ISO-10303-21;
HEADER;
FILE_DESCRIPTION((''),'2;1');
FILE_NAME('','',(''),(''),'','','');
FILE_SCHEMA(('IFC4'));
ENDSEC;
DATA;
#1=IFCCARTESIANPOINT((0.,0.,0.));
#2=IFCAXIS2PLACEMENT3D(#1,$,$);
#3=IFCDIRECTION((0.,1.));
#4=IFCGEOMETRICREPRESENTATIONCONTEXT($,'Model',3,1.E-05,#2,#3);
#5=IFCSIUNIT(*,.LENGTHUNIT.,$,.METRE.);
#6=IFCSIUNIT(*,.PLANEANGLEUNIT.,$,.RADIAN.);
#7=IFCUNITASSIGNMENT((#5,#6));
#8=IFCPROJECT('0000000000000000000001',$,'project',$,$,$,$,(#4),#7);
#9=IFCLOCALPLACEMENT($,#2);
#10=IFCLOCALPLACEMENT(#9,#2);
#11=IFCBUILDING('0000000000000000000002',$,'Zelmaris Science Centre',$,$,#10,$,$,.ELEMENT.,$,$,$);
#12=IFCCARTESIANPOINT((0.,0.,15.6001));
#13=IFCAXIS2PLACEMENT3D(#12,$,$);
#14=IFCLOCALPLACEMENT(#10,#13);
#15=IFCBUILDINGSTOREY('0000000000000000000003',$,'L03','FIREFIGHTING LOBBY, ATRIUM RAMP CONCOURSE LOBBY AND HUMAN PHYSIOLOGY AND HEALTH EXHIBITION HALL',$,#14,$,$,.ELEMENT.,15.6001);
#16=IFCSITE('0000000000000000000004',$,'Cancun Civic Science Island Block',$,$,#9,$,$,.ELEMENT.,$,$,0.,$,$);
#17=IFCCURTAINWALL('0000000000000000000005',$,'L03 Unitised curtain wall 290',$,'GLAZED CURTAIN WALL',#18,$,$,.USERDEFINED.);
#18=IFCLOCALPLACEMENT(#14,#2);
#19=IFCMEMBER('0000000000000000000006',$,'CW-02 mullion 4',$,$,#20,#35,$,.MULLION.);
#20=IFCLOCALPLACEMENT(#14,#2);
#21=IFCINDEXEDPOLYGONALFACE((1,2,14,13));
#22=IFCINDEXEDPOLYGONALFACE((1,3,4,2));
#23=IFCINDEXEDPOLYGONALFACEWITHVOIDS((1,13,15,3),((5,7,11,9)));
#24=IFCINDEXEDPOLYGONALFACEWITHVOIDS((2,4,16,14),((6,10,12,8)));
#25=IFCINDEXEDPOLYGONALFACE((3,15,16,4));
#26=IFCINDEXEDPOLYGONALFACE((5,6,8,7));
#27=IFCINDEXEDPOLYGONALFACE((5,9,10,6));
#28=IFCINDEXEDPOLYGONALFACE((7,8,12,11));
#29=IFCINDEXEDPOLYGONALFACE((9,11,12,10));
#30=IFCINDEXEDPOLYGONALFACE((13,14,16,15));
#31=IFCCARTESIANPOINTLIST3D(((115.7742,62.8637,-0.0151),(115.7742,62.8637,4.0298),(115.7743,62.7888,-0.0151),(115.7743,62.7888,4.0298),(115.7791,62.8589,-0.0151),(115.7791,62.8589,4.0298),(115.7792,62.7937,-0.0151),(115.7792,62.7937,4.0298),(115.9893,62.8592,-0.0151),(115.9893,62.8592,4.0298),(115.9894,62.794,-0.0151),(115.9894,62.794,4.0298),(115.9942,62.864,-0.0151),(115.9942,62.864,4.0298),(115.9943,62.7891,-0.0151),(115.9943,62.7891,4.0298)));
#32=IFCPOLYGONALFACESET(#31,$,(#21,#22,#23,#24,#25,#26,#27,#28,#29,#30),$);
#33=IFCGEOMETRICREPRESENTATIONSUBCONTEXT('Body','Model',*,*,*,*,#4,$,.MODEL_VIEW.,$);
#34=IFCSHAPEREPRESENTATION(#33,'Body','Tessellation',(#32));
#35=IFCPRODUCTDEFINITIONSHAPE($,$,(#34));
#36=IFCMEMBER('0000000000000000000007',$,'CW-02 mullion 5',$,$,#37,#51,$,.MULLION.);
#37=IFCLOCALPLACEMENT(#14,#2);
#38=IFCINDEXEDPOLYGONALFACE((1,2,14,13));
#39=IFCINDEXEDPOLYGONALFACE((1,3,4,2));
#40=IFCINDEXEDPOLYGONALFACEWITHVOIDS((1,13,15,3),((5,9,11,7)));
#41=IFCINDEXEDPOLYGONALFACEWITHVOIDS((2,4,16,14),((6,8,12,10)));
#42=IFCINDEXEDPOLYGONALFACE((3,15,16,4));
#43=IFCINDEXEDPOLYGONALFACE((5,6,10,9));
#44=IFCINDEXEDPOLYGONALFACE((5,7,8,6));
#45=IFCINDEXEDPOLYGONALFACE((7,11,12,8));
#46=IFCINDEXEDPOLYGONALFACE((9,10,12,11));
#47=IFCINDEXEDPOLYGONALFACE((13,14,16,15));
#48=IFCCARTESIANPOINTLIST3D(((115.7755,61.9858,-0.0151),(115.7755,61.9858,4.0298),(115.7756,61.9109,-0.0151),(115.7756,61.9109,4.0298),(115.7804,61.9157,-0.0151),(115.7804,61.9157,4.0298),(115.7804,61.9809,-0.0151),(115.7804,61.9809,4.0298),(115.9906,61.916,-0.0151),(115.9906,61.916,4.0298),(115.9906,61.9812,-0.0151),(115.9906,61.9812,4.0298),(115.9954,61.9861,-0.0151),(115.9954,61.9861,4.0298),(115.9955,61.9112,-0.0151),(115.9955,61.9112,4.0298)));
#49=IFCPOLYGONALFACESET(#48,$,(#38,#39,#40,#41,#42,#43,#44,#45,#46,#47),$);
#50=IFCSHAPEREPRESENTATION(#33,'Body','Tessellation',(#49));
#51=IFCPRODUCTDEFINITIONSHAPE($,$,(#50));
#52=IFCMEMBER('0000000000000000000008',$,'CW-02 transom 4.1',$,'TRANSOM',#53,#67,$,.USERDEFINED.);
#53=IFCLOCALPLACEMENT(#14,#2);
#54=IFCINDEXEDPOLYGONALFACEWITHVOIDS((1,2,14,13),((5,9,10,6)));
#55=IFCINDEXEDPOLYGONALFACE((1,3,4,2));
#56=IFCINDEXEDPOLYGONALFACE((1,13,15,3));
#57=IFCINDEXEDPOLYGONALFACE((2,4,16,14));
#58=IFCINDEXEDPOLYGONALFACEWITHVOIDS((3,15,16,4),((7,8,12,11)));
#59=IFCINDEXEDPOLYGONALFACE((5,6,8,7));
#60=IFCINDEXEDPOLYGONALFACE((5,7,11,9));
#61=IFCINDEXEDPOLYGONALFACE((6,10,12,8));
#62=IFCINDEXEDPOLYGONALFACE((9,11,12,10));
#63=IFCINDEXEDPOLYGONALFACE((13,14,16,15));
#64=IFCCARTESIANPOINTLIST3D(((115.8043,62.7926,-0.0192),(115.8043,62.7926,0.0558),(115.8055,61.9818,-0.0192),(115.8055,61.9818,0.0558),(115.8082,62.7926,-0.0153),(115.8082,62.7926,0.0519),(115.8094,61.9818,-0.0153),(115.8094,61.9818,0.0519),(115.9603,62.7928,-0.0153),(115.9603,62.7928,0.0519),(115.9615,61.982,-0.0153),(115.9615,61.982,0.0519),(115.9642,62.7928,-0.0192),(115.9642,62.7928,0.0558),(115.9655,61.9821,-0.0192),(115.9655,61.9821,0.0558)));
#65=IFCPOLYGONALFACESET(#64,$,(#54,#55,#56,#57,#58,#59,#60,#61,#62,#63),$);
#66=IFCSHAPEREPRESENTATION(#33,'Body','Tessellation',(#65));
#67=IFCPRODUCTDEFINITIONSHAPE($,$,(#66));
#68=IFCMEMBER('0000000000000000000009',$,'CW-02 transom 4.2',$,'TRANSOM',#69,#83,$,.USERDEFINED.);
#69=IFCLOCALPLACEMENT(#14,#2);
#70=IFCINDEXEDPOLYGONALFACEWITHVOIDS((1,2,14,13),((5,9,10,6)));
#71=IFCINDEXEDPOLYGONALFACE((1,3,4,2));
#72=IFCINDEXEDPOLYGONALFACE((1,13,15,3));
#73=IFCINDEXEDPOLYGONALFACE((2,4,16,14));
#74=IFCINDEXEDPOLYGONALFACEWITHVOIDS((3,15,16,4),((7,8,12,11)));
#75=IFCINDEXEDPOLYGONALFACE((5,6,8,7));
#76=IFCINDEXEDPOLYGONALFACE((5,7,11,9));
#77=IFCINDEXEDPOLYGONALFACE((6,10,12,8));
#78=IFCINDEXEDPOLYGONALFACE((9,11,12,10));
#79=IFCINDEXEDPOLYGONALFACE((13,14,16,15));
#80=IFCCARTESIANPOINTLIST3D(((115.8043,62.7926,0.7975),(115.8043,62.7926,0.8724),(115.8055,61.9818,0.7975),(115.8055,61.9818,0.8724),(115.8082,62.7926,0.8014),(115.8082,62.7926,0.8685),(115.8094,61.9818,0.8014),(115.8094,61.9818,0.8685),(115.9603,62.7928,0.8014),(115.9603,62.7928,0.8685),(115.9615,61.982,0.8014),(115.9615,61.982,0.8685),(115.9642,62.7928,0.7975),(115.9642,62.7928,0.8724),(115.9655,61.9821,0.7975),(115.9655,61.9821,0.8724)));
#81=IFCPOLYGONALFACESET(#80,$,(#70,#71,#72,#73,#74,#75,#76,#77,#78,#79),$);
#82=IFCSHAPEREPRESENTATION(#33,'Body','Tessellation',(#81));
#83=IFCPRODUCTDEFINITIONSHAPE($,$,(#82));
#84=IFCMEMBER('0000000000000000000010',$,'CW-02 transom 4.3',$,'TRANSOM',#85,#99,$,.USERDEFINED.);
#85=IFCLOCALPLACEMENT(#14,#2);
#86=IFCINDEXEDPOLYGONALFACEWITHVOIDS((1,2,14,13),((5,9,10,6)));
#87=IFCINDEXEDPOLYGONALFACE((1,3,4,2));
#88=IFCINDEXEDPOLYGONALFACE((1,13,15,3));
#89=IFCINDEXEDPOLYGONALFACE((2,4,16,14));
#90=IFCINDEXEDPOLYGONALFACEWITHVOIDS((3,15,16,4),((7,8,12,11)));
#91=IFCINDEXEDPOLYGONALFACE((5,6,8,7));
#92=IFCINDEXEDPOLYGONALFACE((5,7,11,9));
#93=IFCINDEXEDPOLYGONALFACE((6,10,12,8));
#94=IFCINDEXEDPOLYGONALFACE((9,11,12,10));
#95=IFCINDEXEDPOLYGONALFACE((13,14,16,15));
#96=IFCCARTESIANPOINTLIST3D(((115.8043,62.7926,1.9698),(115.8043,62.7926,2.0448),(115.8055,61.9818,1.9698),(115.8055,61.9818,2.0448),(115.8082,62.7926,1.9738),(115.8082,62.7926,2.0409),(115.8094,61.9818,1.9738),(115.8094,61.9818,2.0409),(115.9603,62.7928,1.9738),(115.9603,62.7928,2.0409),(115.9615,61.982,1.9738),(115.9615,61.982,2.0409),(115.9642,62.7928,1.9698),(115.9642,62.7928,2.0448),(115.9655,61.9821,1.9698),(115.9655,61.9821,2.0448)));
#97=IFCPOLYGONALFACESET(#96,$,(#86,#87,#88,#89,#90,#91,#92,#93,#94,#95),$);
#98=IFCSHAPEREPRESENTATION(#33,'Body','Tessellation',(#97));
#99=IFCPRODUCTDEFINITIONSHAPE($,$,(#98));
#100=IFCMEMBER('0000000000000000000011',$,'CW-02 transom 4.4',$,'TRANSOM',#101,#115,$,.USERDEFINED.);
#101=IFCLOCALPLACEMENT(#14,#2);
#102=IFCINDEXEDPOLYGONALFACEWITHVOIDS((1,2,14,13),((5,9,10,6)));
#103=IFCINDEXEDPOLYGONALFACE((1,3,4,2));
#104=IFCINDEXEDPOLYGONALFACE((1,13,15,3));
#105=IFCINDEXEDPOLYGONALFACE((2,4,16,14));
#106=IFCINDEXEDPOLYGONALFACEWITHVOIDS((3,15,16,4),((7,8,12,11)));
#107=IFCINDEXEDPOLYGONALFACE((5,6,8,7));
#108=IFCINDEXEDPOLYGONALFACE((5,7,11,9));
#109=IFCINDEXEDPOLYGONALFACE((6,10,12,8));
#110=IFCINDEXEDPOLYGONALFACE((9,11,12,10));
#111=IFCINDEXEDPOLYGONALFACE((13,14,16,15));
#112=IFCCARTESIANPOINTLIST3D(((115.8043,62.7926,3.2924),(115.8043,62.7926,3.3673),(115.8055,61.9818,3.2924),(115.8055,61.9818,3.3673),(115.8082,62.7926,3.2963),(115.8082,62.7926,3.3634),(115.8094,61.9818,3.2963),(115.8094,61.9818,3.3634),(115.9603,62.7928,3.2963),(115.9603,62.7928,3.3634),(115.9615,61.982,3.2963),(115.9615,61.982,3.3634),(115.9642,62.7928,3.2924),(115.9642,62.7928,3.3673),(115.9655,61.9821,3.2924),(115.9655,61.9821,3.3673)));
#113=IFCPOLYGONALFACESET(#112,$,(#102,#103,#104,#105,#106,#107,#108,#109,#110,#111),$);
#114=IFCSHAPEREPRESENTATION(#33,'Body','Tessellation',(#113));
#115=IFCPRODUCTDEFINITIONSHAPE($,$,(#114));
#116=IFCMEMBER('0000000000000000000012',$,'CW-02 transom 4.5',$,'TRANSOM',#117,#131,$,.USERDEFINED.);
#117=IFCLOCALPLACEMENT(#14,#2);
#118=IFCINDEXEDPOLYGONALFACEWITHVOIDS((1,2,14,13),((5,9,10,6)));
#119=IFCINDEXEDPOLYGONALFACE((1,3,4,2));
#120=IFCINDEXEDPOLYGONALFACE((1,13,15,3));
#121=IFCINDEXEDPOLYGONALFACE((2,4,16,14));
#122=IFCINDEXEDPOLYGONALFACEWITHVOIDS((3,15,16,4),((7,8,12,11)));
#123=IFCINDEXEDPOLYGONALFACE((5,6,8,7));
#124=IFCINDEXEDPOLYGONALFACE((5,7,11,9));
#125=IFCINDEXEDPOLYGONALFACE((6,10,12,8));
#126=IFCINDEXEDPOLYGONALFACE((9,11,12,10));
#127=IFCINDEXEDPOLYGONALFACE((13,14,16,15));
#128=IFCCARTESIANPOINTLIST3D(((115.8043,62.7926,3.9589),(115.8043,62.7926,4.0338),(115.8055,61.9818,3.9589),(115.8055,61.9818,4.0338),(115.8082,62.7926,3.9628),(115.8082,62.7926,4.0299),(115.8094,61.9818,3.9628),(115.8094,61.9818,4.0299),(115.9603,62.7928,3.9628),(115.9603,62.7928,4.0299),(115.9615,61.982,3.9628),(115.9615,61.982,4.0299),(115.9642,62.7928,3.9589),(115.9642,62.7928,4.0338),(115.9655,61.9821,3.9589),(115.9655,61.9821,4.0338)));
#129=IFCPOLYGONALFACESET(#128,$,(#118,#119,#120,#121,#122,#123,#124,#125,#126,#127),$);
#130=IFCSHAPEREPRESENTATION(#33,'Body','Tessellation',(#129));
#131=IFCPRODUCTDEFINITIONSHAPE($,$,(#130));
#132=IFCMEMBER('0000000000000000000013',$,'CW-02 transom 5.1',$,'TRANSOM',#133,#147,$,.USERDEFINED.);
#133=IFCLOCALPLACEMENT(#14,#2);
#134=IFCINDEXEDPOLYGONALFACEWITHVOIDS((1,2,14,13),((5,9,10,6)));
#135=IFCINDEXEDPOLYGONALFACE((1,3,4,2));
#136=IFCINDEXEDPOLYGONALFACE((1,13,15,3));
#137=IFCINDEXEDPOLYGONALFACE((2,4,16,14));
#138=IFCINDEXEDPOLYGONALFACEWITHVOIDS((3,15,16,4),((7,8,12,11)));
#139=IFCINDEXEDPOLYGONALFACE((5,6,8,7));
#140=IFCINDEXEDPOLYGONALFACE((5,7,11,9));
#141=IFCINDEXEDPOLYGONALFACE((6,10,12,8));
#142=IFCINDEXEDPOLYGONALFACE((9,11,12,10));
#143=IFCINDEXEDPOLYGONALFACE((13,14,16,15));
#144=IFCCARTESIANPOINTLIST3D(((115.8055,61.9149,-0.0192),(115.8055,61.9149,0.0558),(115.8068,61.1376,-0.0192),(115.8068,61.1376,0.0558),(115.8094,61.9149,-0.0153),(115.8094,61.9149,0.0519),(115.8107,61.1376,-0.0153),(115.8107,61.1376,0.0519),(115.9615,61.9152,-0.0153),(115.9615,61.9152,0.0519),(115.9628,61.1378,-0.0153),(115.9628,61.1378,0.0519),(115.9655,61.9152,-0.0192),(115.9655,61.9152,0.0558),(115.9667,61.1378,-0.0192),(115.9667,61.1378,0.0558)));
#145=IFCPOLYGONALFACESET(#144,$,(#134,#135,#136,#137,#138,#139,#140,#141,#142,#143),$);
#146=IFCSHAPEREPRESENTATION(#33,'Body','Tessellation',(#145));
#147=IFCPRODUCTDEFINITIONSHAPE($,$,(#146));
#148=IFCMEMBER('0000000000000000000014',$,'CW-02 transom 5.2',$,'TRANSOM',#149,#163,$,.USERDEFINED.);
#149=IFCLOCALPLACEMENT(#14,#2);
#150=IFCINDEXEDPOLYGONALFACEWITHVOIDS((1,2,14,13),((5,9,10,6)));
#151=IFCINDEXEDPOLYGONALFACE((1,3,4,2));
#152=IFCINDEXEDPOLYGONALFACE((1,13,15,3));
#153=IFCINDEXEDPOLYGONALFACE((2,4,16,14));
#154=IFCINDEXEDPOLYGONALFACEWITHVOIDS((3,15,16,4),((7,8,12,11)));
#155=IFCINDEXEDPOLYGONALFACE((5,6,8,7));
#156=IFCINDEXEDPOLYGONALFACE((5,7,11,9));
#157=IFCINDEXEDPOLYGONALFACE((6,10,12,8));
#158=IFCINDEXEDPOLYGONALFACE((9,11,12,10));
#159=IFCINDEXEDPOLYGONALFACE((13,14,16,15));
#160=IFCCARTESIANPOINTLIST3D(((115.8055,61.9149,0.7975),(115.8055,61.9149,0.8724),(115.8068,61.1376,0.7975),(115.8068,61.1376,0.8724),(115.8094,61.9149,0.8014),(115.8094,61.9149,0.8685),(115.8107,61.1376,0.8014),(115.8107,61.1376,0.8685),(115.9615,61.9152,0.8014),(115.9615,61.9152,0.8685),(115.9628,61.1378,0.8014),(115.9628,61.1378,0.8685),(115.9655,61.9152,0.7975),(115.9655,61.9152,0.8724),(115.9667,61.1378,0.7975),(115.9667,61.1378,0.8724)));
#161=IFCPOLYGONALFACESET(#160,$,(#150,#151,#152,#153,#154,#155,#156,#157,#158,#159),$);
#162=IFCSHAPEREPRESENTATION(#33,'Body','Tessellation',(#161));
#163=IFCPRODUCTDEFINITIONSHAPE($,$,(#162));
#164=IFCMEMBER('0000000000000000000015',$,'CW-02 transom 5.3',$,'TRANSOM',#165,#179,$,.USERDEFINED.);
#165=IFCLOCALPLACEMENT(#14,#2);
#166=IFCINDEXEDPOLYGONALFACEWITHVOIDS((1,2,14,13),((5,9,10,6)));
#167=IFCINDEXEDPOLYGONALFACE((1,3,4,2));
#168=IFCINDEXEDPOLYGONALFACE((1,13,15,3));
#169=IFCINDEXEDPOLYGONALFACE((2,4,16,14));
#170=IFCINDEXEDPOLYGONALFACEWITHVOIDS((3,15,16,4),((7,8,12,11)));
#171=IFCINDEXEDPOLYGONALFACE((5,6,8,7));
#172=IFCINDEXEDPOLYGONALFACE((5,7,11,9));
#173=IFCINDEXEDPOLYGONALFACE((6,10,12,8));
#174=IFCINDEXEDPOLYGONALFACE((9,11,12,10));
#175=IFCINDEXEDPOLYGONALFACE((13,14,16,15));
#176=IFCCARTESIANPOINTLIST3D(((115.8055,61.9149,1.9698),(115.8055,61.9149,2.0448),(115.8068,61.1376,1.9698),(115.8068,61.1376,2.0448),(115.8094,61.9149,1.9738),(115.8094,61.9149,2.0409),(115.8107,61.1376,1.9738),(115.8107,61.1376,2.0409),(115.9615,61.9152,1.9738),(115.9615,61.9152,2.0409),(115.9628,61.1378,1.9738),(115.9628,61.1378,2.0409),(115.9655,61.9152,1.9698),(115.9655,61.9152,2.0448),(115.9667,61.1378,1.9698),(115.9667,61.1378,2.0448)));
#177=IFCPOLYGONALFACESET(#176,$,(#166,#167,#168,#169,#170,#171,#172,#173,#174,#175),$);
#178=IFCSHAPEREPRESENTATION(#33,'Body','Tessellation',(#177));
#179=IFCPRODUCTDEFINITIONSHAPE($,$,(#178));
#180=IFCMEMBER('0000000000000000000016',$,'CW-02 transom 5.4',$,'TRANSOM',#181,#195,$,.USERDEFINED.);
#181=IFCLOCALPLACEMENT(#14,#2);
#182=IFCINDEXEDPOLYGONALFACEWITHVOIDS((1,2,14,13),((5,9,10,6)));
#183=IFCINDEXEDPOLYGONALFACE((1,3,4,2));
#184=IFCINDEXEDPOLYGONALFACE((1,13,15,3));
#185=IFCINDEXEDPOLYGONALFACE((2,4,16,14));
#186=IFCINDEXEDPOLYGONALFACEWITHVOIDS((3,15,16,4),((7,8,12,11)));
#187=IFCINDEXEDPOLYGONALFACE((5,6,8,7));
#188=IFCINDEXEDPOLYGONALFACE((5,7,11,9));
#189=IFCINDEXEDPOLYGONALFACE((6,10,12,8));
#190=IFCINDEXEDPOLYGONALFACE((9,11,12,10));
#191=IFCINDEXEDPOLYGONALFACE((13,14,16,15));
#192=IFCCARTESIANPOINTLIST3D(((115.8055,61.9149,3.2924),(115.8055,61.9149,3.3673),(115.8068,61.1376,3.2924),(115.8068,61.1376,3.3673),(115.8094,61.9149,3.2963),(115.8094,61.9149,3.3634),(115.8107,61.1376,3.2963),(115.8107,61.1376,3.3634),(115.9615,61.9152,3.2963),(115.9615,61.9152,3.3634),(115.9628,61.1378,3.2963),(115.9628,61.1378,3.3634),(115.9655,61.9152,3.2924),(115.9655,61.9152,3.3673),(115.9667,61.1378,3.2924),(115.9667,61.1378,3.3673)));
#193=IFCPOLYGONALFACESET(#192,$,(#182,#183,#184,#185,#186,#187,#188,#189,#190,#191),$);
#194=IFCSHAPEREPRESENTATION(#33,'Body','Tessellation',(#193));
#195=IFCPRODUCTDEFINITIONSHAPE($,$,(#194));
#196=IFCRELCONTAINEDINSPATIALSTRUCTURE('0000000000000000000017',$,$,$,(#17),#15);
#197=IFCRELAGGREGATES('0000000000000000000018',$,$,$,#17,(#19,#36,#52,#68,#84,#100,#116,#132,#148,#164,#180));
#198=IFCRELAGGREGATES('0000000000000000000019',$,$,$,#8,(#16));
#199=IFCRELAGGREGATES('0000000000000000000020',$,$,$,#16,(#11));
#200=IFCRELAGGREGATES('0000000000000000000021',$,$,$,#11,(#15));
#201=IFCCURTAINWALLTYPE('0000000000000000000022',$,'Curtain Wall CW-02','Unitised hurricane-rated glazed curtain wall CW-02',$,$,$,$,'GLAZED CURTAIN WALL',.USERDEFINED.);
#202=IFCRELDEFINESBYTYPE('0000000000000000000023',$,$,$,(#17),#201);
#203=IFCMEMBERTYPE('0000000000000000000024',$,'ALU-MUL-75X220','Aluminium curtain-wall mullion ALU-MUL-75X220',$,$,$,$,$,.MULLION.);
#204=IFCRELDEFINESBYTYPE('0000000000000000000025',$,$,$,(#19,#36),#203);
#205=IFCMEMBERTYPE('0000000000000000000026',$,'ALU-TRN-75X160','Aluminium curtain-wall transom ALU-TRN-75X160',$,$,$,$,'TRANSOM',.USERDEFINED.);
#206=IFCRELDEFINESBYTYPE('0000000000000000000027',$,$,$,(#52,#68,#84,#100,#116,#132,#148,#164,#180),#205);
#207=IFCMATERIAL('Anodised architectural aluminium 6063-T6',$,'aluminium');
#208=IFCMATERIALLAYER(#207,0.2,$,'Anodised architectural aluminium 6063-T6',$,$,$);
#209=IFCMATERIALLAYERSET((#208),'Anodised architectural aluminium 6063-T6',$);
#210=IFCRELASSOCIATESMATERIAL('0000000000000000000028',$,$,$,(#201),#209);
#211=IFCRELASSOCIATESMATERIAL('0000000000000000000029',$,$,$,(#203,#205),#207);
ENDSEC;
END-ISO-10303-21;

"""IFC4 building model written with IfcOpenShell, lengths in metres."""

from ifc_helpers import new_model, si_unit, direction, frame, origin, origin_2d, place, context, subcontext, project, spatial, hollow_rectangle, extrude, material, layer, layer_set, material_profile, profile_set, type_object, element, aggregate, save


model = new_model("IFC4")

# Units and contexts
model_context = context("Model", 3, precision=1e-05, world=origin(), true_north=direction((0.0, 1.0)))
body_context = subcontext(model_context, "Body", "Model", "MODEL_VIEW")
ifc_project = project(units=[si_unit("LENGTHUNIT", "METRE"), si_unit("PLANEANGLEUNIT", "RADIAN")], contexts=[model_context])

# Site, building, storey
site_placement = place(None, origin())
site = spatial("IfcSite", under=ifc_project, at=site_placement, Name="Cancun Civic Science Island Block", CompositionType="ELEMENT", RefElevation=0.0)
building_placement = place(site_placement, origin())
building = spatial("IfcBuilding", under=site, at=building_placement, Name="Zelmaris Science Centre", CompositionType="ELEMENT")
storey_placement = place(building_placement, frame((0.0, 0.0, 15.6001)))
storey = spatial("IfcBuildingStorey", under=building, at=storey_placement, Name="L03", Description="FIREFIGHTING LOBBY, ATRIUM RAMP CONCOURSE LOBBY AND HUMAN PHYSIOLOGY AND HEALTH EXHIBITION HALL", CompositionType="ELEMENT", Elevation=15.6001)

# Curtain wall, members
ifc_material_1 = material(Name="Anodised architectural aluminium 6063-T6", Category="aluminium")
ifc_layer_1 = layer(ifc_material_1, 0.2, Name="Anodised architectural aluminium 6063-T6")
ifc_layer_set_1 = layer_set([ifc_layer_1], Name="Anodised architectural aluminium 6063-T6")
curtain_wall_type = type_object("IfcCurtainWallType", Name="Curtain Wall CW-02", Description="Unitised hurricane-rated glazed curtain wall CW-02", ElementType="GLAZED CURTAIN WALL", PredefinedType="USERDEFINED", material=ifc_layer_set_1)
curtain_wall_placement = place(storey_placement, origin())
curtain_wall = element("IfcCurtainWall", 1, at=curtain_wall_placement, inside=storey, type_object=curtain_wall_type, Name="L03 Unitised curtain wall 290", ObjectType="GLAZED CURTAIN WALL", PredefinedType="USERDEFINED")
ifc_material_profile_1 = material_profile(ifc_material_1, hollow_rectangle(XDim=0.075, YDim=0.22, WallThickness=0.0049, at=origin_2d()), Name="ALU-MUL-75X220")
ifc_profile_set_1 = profile_set([ifc_material_profile_1], Name="Anodised architectural aluminium 6063-T6")
member_type_1 = type_object("IfcMemberType", Name="ALU-MUL-75X220", Description="Aluminium curtain-wall mullion ALU-MUL-75X220", PredefinedType="MULLION", material=ifc_profile_set_1)
member_1_placement = place(storey_placement, frame((115.8843, 62.8264, -0.0151), z_axis=(0.0, 0.0, 1.0), x_axis=(0.001372, -0.999999, 0.0)))
member_1 = element("IfcMember", 2, at=member_1_placement, type_object=member_type_1, Name="CW-02 mullion 4", PredefinedType="MULLION", context=body_context, shape_type="SweptSolid", body=[
    extrude(hollow_rectangle(XDim=0.075, YDim=0.22, WallThickness=0.0049, at=origin_2d()), origin(), (0.0, 0.0, 1.0), 4.0449),
])
member_2_placement = place(storey_placement, frame((115.8855, 61.9485, -0.0151), z_axis=(0.0, 0.0, 1.0), x_axis=(0.001372, -0.999999, 0.0)))
member_2 = element("IfcMember", 3, at=member_2_placement, type_object=member_type_1, Name="CW-02 mullion 5", PredefinedType="MULLION", context=body_context, shape_type="SweptSolid", body=[
    extrude(hollow_rectangle(XDim=0.075, YDim=0.22, WallThickness=0.0049, at=origin_2d()), origin(), (0.0, 0.0, 1.0), 4.0449),
])
ifc_material_profile_2 = material_profile(ifc_material_1, hollow_rectangle(XDim=0.075, YDim=0.1599, WallThickness=0.0039, at=origin_2d()), Name="ALU-TRN-75X160")
ifc_profile_set_2 = profile_set([ifc_material_profile_2], Name="Anodised architectural aluminium 6063-T6")
member_type_2 = type_object("IfcMemberType", Name="ALU-TRN-75X160", Description="Aluminium curtain-wall transom ALU-TRN-75X160", ElementType="TRANSOM", PredefinedType="USERDEFINED", material=ifc_profile_set_2)
member_3_placement = place(storey_placement, frame((115.8843, 62.7927, 0.0183), z_axis=(0.001506, -0.999999, 0.0), x_axis=(0.0, 0.0, 1.0)))
member_3 = element("IfcMember", 4, at=member_3_placement, type_object=member_type_2, Name="CW-02 transom 4.1", ObjectType="TRANSOM", PredefinedType="USERDEFINED", context=body_context, shape_type="SweptSolid", body=[
    extrude(hollow_rectangle(XDim=0.075, YDim=0.1599, WallThickness=0.0039, at=origin_2d()), origin(), (0.0, 0.0, 1.0), 0.8108),
])
member_4_placement = place(storey_placement, frame((115.8843, 62.7927, 0.835), z_axis=(0.001506, -0.999999, 0.0), x_axis=(0.0, 0.0, 1.0)))
member_4 = element("IfcMember", 5, at=member_4_placement, type_object=member_type_2, Name="CW-02 transom 4.2", ObjectType="TRANSOM", PredefinedType="USERDEFINED", context=body_context, shape_type="SweptSolid", body=[
    extrude(hollow_rectangle(XDim=0.075, YDim=0.1599, WallThickness=0.0039, at=origin_2d()), origin(), (0.0, 0.0, 1.0), 0.8108),
])
member_5_placement = place(storey_placement, frame((115.8843, 62.7927, 2.0073), z_axis=(0.001506, -0.999999, 0.0), x_axis=(0.0, 0.0, 1.0)))
member_5 = element("IfcMember", 6, at=member_5_placement, type_object=member_type_2, Name="CW-02 transom 4.3", ObjectType="TRANSOM", PredefinedType="USERDEFINED", context=body_context, shape_type="SweptSolid", body=[
    extrude(hollow_rectangle(XDim=0.075, YDim=0.1599, WallThickness=0.0039, at=origin_2d()), origin(), (0.0, 0.0, 1.0), 0.8108),
])
member_6_placement = place(storey_placement, frame((115.8843, 62.7927, 3.3298), z_axis=(0.001506, -0.999999, 0.0), x_axis=(0.0, 0.0, 1.0)))
member_6 = element("IfcMember", 7, at=member_6_placement, type_object=member_type_2, Name="CW-02 transom 4.4", ObjectType="TRANSOM", PredefinedType="USERDEFINED", context=body_context, shape_type="SweptSolid", body=[
    extrude(hollow_rectangle(XDim=0.075, YDim=0.1599, WallThickness=0.0039, at=origin_2d()), origin(), (0.0, 0.0, 1.0), 0.8108),
])
member_7_placement = place(storey_placement, frame((115.8843, 62.7927, 3.9963), z_axis=(0.001506, -0.999999, 0.0), x_axis=(0.0, 0.0, 1.0)))
member_7 = element("IfcMember", 8, at=member_7_placement, type_object=member_type_2, Name="CW-02 transom 4.5", ObjectType="TRANSOM", PredefinedType="USERDEFINED", context=body_context, shape_type="SweptSolid", body=[
    extrude(hollow_rectangle(XDim=0.075, YDim=0.1599, WallThickness=0.0039, at=origin_2d()), origin(), (0.0, 0.0, 1.0), 0.8108),
])
member_8_placement = place(storey_placement, frame((115.8855, 61.915, 0.0183), z_axis=(0.00157, -0.999999, 0.0), x_axis=(0.0, 0.0, 1.0)))
member_8 = element("IfcMember", 9, at=member_8_placement, type_object=member_type_2, Name="CW-02 transom 5.1", ObjectType="TRANSOM", PredefinedType="USERDEFINED", context=body_context, shape_type="SweptSolid", body=[
    extrude(hollow_rectangle(XDim=0.075, YDim=0.1599, WallThickness=0.0039, at=origin_2d()), origin(), (0.0, 0.0, 1.0), 0.7773),
])
member_9_placement = place(storey_placement, frame((115.8855, 61.915, 0.835), z_axis=(0.00157, -0.999999, 0.0), x_axis=(0.0, 0.0, 1.0)))
member_9 = element("IfcMember", 10, at=member_9_placement, type_object=member_type_2, Name="CW-02 transom 5.2", ObjectType="TRANSOM", PredefinedType="USERDEFINED", context=body_context, shape_type="SweptSolid", body=[
    extrude(hollow_rectangle(XDim=0.075, YDim=0.1599, WallThickness=0.0039, at=origin_2d()), origin(), (0.0, 0.0, 1.0), 0.7773),
])
member_10_placement = place(storey_placement, frame((115.8855, 61.915, 2.0073), z_axis=(0.00157, -0.999999, 0.0), x_axis=(0.0, 0.0, 1.0)))
member_10 = element("IfcMember", 11, at=member_10_placement, type_object=member_type_2, Name="CW-02 transom 5.3", ObjectType="TRANSOM", PredefinedType="USERDEFINED", context=body_context, shape_type="SweptSolid", body=[
    extrude(hollow_rectangle(XDim=0.075, YDim=0.1599, WallThickness=0.0039, at=origin_2d()), origin(), (0.0, 0.0, 1.0), 0.7773),
])
member_11_placement = place(storey_placement, frame((115.8855, 61.915, 3.3298), z_axis=(0.00157, -0.999999, 0.0), x_axis=(0.0, 0.0, 1.0)))
member_11 = element("IfcMember", 12, at=member_11_placement, type_object=member_type_2, Name="CW-02 transom 5.4", ObjectType="TRANSOM", PredefinedType="USERDEFINED", context=body_context, shape_type="SweptSolid", body=[
    extrude(hollow_rectangle(XDim=0.075, YDim=0.1599, WallThickness=0.0039, at=origin_2d()), origin(), (0.0, 0.0, 1.0), 0.7773),
])
aggregate(curtain_wall, [member_1, member_2, member_3, member_4, member_5, member_6, member_7, member_8, member_9, member_10, member_11])

save(model, "model.ifc")
